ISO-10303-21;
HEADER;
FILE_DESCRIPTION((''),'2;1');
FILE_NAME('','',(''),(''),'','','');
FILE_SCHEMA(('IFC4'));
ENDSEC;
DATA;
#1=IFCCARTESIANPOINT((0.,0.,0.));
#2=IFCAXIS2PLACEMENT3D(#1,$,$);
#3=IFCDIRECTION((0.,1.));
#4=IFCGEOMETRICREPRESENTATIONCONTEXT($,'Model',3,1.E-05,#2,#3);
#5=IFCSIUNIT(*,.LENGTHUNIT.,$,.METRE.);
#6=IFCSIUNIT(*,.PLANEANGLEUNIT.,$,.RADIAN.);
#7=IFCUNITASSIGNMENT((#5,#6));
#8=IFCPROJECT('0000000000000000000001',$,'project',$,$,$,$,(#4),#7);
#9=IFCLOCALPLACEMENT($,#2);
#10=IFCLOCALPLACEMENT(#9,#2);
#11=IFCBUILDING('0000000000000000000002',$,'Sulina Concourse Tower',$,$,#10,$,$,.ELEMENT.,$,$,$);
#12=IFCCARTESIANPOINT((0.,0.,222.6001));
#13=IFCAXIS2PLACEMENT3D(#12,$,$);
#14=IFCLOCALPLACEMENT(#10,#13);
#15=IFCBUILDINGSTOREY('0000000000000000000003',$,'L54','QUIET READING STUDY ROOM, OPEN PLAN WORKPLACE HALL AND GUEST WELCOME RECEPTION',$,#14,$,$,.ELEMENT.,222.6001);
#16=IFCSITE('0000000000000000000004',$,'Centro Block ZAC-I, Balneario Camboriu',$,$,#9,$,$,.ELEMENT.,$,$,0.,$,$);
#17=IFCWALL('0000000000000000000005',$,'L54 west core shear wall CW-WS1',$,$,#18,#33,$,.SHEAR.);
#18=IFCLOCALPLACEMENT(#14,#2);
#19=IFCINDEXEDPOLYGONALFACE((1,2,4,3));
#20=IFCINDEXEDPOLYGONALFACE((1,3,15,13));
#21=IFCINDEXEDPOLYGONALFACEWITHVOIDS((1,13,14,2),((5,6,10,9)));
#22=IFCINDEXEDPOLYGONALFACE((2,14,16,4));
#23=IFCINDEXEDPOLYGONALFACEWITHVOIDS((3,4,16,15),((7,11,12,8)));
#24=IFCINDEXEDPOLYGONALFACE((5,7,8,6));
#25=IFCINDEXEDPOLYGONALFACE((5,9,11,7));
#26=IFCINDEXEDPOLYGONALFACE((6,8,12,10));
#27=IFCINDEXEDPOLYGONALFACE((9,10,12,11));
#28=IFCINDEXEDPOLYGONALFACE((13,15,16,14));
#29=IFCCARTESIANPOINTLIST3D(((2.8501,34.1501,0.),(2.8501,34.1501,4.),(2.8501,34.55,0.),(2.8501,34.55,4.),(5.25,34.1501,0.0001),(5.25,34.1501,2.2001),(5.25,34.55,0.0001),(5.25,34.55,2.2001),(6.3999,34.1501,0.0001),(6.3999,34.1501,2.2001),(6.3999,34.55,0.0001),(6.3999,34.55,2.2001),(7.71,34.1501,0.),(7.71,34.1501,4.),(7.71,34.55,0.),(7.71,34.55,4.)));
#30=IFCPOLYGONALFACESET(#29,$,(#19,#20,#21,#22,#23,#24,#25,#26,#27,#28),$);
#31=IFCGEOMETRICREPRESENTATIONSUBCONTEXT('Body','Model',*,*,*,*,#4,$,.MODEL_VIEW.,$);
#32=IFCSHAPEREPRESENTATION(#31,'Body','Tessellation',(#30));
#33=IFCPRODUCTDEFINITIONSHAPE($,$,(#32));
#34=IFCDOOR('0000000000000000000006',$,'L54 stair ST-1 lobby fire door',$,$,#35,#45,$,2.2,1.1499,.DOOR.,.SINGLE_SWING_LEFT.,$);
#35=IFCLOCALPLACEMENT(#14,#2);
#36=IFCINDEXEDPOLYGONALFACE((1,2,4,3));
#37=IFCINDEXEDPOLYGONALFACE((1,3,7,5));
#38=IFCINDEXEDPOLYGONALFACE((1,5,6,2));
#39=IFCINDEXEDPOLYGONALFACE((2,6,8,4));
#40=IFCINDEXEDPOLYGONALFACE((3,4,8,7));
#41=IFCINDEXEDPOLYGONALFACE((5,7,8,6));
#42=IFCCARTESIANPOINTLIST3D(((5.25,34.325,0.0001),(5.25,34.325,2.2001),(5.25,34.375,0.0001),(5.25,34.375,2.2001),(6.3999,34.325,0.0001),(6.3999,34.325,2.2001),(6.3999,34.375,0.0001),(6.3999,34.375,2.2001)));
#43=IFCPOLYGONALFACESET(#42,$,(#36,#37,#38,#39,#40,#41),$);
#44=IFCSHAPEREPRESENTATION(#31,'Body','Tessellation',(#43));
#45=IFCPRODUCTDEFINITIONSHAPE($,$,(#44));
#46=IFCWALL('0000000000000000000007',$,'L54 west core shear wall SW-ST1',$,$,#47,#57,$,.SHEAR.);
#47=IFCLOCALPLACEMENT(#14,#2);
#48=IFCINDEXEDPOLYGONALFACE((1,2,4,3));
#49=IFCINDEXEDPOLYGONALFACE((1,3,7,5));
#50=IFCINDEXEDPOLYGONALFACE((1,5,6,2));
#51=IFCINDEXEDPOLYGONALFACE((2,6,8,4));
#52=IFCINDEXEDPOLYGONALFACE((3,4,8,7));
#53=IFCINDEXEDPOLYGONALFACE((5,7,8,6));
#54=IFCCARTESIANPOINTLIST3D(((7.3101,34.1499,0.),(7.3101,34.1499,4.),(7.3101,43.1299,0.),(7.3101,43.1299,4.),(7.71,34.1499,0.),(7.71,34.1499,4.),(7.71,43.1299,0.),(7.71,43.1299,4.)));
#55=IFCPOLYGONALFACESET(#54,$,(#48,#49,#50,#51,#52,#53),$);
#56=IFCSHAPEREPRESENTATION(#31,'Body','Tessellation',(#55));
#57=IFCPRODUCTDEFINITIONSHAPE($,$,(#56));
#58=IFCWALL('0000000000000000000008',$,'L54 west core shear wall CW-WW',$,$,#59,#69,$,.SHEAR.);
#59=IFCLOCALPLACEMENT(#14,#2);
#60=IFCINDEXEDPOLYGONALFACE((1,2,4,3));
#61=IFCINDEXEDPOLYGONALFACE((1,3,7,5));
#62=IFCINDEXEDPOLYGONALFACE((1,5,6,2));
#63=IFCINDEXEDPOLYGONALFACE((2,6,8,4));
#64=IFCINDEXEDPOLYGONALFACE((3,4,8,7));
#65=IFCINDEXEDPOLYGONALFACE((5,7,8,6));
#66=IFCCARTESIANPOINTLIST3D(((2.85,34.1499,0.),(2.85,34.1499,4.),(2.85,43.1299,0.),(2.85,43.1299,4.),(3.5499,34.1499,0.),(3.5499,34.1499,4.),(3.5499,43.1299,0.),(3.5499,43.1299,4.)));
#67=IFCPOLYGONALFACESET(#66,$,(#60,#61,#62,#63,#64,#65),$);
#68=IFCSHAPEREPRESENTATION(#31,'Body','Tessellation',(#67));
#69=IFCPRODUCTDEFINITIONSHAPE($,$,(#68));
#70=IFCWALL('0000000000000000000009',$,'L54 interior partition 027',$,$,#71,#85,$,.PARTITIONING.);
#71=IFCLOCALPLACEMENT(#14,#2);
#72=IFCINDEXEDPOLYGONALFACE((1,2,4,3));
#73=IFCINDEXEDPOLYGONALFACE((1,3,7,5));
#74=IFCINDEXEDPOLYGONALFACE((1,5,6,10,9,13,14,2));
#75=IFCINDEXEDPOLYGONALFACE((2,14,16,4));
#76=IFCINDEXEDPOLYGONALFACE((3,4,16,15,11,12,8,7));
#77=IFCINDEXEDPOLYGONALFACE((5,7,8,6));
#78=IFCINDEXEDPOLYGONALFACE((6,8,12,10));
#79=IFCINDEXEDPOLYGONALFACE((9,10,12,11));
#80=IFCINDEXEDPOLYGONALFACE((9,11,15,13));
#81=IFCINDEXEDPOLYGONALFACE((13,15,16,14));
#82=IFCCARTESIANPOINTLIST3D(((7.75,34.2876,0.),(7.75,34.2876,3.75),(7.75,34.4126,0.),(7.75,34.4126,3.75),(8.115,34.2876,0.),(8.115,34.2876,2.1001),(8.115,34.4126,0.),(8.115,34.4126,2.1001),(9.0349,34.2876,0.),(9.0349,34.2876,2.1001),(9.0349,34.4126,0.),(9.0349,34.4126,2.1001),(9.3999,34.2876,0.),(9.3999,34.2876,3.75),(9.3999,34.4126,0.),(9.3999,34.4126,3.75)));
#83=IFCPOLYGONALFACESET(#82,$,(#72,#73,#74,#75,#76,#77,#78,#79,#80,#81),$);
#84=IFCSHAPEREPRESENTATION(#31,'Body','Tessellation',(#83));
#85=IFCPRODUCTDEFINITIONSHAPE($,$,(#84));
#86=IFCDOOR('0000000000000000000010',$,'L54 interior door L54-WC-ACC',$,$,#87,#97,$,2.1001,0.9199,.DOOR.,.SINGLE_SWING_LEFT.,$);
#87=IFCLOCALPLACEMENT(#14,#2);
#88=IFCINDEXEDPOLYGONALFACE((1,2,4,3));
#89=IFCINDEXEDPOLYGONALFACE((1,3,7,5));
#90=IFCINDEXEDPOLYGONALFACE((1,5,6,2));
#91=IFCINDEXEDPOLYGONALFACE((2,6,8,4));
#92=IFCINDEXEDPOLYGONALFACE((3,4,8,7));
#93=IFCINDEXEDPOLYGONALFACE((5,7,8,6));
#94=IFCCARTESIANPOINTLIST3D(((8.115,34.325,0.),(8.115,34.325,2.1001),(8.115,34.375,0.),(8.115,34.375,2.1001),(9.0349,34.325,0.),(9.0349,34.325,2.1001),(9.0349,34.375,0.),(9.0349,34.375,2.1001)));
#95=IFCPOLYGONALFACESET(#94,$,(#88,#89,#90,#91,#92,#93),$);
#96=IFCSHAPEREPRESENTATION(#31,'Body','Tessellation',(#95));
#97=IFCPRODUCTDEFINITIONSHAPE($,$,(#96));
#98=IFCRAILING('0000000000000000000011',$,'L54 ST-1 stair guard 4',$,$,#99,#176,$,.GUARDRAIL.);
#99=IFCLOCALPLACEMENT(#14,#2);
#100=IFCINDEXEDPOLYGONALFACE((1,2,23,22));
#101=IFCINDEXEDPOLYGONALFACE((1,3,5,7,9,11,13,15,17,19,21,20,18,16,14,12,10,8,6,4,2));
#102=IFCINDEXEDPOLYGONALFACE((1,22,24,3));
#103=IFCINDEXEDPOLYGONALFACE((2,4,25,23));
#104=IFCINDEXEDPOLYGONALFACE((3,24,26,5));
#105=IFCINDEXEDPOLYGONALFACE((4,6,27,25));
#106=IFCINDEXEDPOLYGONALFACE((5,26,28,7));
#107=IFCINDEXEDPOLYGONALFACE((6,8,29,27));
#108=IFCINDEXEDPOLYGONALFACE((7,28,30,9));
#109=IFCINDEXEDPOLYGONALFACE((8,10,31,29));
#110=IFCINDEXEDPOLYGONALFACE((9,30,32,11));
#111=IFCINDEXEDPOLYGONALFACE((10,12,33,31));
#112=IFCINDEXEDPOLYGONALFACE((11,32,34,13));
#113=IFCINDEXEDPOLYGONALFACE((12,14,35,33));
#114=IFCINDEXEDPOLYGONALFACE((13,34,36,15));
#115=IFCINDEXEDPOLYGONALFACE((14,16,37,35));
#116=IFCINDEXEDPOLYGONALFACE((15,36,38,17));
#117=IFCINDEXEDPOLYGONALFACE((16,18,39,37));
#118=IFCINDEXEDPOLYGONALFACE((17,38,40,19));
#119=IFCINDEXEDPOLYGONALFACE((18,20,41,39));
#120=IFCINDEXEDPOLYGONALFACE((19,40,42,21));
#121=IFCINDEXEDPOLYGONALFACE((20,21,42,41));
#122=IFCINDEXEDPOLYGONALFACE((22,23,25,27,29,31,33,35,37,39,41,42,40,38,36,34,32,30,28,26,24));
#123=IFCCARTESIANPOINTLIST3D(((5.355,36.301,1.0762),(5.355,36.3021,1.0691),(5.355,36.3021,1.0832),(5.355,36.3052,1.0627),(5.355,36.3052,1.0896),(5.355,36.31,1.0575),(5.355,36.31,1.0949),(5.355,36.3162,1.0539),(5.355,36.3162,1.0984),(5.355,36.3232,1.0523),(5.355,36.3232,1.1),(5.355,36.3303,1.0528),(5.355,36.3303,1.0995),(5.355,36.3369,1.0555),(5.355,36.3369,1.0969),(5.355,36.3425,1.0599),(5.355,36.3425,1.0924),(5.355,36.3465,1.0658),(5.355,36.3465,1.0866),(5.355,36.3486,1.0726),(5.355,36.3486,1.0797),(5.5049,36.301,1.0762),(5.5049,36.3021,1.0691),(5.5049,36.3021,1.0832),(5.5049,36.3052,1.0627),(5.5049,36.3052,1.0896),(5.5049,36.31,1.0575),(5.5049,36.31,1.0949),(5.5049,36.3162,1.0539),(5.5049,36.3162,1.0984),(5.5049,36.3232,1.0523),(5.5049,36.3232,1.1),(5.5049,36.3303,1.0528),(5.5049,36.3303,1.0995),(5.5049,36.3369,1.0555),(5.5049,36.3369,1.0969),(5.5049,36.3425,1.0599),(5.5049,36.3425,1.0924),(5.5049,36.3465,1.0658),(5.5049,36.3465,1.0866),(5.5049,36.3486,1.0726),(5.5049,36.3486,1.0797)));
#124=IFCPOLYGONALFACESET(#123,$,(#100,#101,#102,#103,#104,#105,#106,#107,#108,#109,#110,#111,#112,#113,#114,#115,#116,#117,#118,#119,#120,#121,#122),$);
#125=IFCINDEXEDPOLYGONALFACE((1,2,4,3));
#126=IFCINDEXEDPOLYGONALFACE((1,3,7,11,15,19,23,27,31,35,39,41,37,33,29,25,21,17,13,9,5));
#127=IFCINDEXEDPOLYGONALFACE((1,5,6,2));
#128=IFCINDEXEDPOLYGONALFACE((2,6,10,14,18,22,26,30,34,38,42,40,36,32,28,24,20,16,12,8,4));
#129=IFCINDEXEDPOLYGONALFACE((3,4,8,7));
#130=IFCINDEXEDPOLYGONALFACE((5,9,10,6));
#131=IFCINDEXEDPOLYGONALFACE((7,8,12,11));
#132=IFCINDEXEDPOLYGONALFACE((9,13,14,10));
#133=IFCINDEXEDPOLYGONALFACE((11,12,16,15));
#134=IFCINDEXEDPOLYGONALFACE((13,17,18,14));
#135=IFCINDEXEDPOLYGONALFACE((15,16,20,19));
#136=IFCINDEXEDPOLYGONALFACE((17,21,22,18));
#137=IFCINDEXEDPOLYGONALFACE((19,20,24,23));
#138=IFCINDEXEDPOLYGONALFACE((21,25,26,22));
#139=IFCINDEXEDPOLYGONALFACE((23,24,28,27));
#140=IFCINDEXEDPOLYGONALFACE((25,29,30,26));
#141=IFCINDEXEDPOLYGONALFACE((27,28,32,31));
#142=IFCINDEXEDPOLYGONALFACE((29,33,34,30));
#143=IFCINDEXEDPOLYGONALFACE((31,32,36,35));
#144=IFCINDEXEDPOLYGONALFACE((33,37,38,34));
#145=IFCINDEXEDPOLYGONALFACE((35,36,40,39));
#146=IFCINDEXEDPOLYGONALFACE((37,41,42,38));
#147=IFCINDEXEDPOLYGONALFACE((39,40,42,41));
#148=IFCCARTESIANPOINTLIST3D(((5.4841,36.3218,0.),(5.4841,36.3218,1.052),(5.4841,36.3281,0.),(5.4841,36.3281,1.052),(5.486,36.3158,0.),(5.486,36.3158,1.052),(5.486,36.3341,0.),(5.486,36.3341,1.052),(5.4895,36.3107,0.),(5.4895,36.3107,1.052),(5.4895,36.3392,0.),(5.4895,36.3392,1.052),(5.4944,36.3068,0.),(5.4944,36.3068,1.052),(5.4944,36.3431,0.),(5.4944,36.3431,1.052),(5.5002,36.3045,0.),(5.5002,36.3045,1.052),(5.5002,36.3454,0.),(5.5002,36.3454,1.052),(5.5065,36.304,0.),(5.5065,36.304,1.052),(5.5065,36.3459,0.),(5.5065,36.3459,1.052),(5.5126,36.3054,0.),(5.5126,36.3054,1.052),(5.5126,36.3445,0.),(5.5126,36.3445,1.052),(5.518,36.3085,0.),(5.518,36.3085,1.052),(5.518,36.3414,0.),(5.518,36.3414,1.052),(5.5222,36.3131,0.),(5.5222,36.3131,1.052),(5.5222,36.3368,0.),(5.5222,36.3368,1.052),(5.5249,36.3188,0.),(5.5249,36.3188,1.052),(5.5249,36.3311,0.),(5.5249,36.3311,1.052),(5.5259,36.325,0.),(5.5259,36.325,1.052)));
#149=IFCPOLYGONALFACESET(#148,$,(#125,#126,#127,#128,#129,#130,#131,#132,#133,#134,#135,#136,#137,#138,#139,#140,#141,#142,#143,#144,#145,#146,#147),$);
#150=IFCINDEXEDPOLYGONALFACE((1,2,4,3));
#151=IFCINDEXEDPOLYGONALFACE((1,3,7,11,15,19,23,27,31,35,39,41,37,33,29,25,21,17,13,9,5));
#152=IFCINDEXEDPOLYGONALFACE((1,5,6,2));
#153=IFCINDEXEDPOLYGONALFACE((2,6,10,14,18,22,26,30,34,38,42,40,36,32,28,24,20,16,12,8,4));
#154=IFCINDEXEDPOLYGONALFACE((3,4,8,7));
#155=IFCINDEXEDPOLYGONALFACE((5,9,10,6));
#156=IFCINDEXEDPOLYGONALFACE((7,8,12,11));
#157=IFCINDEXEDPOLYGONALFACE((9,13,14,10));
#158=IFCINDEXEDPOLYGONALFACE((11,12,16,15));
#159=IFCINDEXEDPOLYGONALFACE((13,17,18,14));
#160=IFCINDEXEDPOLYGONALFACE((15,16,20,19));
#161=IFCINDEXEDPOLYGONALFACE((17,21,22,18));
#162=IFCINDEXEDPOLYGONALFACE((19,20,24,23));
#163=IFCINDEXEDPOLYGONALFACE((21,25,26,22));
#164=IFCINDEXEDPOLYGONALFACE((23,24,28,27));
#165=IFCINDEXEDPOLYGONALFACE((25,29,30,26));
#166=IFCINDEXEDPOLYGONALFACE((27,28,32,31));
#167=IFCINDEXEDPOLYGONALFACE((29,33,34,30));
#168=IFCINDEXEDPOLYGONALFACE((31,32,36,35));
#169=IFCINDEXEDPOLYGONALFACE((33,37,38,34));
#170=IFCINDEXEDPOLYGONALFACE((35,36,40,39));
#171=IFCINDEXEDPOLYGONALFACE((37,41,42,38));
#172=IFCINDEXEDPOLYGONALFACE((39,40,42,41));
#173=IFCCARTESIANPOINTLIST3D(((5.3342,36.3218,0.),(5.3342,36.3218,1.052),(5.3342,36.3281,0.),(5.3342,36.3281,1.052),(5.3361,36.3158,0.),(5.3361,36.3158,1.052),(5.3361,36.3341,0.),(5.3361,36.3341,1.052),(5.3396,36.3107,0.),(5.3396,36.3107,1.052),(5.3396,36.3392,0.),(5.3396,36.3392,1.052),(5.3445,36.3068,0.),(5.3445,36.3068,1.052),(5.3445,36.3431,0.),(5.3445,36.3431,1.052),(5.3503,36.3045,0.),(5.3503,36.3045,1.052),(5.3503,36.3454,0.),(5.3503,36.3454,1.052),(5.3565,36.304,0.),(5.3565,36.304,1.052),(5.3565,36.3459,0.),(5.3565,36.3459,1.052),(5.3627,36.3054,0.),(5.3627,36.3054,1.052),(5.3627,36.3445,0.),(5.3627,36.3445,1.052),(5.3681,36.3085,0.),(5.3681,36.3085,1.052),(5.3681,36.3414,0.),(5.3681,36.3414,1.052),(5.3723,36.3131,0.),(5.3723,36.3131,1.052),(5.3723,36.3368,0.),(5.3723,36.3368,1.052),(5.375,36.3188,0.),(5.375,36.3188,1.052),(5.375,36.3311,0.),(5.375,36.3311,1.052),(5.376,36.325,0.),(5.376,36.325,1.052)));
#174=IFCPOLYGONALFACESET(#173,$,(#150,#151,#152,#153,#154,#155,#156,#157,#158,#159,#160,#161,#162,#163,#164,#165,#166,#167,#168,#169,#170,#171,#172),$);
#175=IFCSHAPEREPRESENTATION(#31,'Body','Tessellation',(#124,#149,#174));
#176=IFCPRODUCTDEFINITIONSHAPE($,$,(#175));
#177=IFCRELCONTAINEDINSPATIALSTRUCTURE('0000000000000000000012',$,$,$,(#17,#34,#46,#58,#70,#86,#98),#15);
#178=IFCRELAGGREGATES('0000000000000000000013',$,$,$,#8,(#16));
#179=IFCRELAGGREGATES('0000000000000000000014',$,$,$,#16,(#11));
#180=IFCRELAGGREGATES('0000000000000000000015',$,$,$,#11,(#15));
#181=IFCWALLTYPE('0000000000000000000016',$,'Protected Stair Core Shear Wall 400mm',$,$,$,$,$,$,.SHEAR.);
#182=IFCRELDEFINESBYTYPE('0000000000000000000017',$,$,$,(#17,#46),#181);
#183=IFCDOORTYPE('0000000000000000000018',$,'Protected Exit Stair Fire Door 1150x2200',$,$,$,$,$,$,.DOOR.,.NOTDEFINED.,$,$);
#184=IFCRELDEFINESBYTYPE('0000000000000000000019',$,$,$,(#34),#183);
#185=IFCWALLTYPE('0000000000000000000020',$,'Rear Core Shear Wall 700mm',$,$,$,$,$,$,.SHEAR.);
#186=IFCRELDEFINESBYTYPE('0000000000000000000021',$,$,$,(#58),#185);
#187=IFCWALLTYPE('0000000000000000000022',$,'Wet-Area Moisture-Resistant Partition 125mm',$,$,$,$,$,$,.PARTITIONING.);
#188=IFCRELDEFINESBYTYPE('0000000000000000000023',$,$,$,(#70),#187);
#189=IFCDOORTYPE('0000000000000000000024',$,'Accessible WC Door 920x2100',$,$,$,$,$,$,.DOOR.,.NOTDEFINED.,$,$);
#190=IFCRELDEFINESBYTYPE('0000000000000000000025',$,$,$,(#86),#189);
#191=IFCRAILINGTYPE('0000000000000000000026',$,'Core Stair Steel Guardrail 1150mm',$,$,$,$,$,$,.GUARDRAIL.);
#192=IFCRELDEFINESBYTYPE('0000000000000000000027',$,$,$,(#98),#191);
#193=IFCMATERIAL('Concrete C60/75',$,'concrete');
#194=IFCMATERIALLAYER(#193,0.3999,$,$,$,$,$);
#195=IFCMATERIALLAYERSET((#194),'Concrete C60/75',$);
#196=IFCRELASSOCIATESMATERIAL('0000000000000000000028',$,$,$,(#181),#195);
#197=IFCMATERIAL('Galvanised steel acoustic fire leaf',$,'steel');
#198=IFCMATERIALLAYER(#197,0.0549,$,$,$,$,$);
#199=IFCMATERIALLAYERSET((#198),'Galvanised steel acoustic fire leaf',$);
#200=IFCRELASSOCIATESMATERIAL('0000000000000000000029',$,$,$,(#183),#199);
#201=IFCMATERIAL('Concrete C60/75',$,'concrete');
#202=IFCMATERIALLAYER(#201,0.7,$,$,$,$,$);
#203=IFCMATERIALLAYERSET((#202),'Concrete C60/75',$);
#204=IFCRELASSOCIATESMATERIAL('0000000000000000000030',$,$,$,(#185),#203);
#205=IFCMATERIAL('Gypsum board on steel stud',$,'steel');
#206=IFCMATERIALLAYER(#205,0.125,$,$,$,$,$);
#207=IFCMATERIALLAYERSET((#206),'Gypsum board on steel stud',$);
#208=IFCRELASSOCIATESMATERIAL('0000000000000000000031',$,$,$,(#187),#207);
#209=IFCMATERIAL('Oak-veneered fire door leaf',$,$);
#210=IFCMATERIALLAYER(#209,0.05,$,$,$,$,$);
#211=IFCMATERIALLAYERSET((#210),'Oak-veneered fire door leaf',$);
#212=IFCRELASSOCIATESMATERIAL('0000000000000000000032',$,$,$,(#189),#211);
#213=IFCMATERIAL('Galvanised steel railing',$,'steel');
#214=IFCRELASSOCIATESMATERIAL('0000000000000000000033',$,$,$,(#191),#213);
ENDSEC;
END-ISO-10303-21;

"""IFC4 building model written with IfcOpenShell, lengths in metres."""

from ifc_helpers import new_model, si_unit, direction, frame, frame_2d, origin, origin_2d, place, context, subcontext, project, spatial, rectangle, circle, extrude, material, layer, layer_set, type_object, element, fill, save


model = new_model("IFC4")

# Units and contexts
model_context = context("Model", 3, precision=1e-05, world=origin(), true_north=direction((0.0, 1.0)))
body_context = subcontext(model_context, "Body", "Model", "MODEL_VIEW")
ifc_project = project(units=[si_unit("LENGTHUNIT", "METRE"), si_unit("PLANEANGLEUNIT", "RADIAN")], contexts=[model_context])

# Site, building, storey
site_placement = place(None, origin())
site = spatial("IfcSite", under=ifc_project, at=site_placement, Name="Centro Block ZAC-I, Balneario Camboriu", CompositionType="ELEMENT", RefElevation=0.0)
building_placement = place(site_placement, origin())
building = spatial("IfcBuilding", under=site, at=building_placement, Name="Sulina Concourse Tower", CompositionType="ELEMENT")
storey_placement = place(building_placement, frame((0.0, 0.0, 222.6001)))
storey = spatial("IfcBuildingStorey", under=building, at=storey_placement, Name="L54", Description="QUIET READING STUDY ROOM, OPEN PLAN WORKPLACE HALL AND GUEST WELCOME RECEPTION", CompositionType="ELEMENT", Elevation=222.6001)

# Wall, opening, door
ifc_material_1 = material(Name="Concrete C60/75", Category="concrete")
ifc_layer_1 = layer(ifc_material_1, 0.3999)
ifc_layer_set_1 = layer_set([ifc_layer_1], Name="Concrete C60/75")
wall_type_1 = type_object("IfcWallType", Name="Protected Stair Core Shear Wall 400mm", PredefinedType="SHEAR", material=ifc_layer_set_1)
wall_1_placement = place(storey_placement, frame((2.8501, 34.3501, 0.0), z_axis=(0.0, 0.0, 1.0), x_axis=(1.0, 0.0, 0.0)))
wall_1 = element("IfcWall", 1, at=wall_1_placement, inside=storey, type_object=wall_type_1, Name="L54 west core shear wall CW-WS1", PredefinedType="SHEAR", context=body_context, shape_type="SweptSolid", body=[
    extrude(rectangle(XDim=4.8599, YDim=0.3999, at=frame_2d((2.4299, 0.0))), origin(), (0.0, 0.0, 1.0), 4.0),
])
opening_1_placement = place(wall_1_placement, frame((2.3999, 0.0, 0.0)))
opening_1 = element("IfcOpeningElement", 2, at=opening_1_placement, cuts=wall_1, PredefinedType="OPENING", context=body_context, shape_type="SweptSolid", body=[
    extrude(rectangle(XDim=1.1499, YDim=2.2, at=frame_2d((0.575, 1.1001))), frame((0.0, 0.21, 0.0), z_axis=(0.0, -1.0, 0.0), x_axis=(1.0, 0.0, 0.0)), (0.0, 0.0, 1.0), 0.4199),
])
ifc_material_2 = material(Name="Galvanised steel acoustic fire leaf", Category="steel")
ifc_layer_2 = layer(ifc_material_2, 0.0549)
ifc_layer_set_2 = layer_set([ifc_layer_2], Name="Galvanised steel acoustic fire leaf")
door_type_1 = type_object("IfcDoorType", Name="Protected Exit Stair Fire Door 1150x2200", OperationType="NOTDEFINED", PredefinedType="DOOR", material=ifc_layer_set_2)
door_1_placement = place(opening_1_placement, origin())
door_1 = element("IfcDoor", 3, at=door_1_placement, inside=storey, type_object=door_type_1, Name="L54 stair ST-1 lobby fire door", OperationType="SINGLE_SWING_LEFT", OverallHeight=2.2, OverallWidth=1.1499, PredefinedType="DOOR", context=body_context, shape_type="SweptSolid", body=[
    extrude(rectangle(XDim=1.1499, YDim=2.2, at=frame_2d((0.575, 1.1001))), frame((0.0, 0.0249, 0.0), z_axis=(0.0, -1.0, 0.0), x_axis=(1.0, 0.0, 0.0)), (0.0, 0.0, 1.0), 0.05),
])
fill(opening_1, door_1)

# Walls
wall_2_placement = place(storey_placement, frame((7.51, 34.1499, 0.0), z_axis=(0.0, 0.0, 1.0), x_axis=(0.0, 1.0, 0.0)))
element("IfcWall", 4, at=wall_2_placement, inside=storey, type_object=wall_type_1, Name="L54 west core shear wall SW-ST1", PredefinedType="SHEAR", context=body_context, shape_type="SweptSolid", body=[
    extrude(rectangle(XDim=8.98, YDim=0.3999, at=frame_2d((4.49, 0.0))), origin(), (0.0, 0.0, 1.0), 4.0),
])
ifc_material_3 = material(Name="Concrete C60/75", Category="concrete")
ifc_layer_3 = layer(ifc_material_3, 0.7)
ifc_layer_set_3 = layer_set([ifc_layer_3], Name="Concrete C60/75")
wall_type_2 = type_object("IfcWallType", Name="Rear Core Shear Wall 700mm", PredefinedType="SHEAR", material=ifc_layer_set_3)
wall_3_placement = place(storey_placement, frame((3.2, 34.1499, 0.0), z_axis=(0.0, 0.0, 1.0), x_axis=(0.0, 1.0, 0.0)))
element("IfcWall", 5, at=wall_3_placement, inside=storey, type_object=wall_type_2, Name="L54 west core shear wall CW-WW", PredefinedType="SHEAR", context=body_context, shape_type="SweptSolid", body=[
    extrude(rectangle(XDim=8.98, YDim=0.7, at=frame_2d((4.49, 0.0))), origin(), (0.0, 0.0, 1.0), 4.0),
])

# Wall, opening, door
ifc_material_4 = material(Name="Gypsum board on steel stud", Category="steel")
ifc_layer_4 = layer(ifc_material_4, 0.125)
ifc_layer_set_4 = layer_set([ifc_layer_4], Name="Gypsum board on steel stud")
wall_type_3 = type_object("IfcWallType", Name="Wet-Area Moisture-Resistant Partition 125mm", PredefinedType="PARTITIONING", material=ifc_layer_set_4)
wall_4_placement = place(storey_placement, frame((7.75, 34.3501, 0.0), z_axis=(0.0, 0.0, 1.0), x_axis=(1.0, 0.0, 0.0)))
wall_4 = element("IfcWall", 6, at=wall_4_placement, inside=storey, type_object=wall_type_3, Name="L54 interior partition 027", PredefinedType="PARTITIONING", context=body_context, shape_type="SweptSolid", body=[
    extrude(rectangle(XDim=1.6499, YDim=0.125, at=frame_2d((0.825, 0.0))), origin(), (0.0, 0.0, 1.0), 3.75),
])
opening_2_placement = place(wall_4_placement, frame((0.365, 0.0, 0.0)))
opening_2 = element("IfcOpeningElement", 7, at=opening_2_placement, cuts=wall_4, PredefinedType="OPENING", context=body_context, shape_type="SweptSolid", body=[
    extrude(rectangle(XDim=0.9199, YDim=2.1001, at=frame_2d((0.46, 1.05))), frame((0.0, 0.0725, 0.0), z_axis=(0.0, -1.0, 0.0), x_axis=(1.0, 0.0, 0.0)), (0.0, 0.0, 1.0), 0.145),
])
ifc_material_5 = material(Name="Oak-veneered fire door leaf")
ifc_layer_5 = layer(ifc_material_5, 0.05)
ifc_layer_set_5 = layer_set([ifc_layer_5], Name="Oak-veneered fire door leaf")
door_type_2 = type_object("IfcDoorType", Name="Accessible WC Door 920x2100", OperationType="NOTDEFINED", PredefinedType="DOOR", material=ifc_layer_set_5)
door_2_placement = place(opening_2_placement, origin())
door_2 = element("IfcDoor", 8, at=door_2_placement, inside=storey, type_object=door_type_2, Name="L54 interior door L54-WC-ACC", OperationType="SINGLE_SWING_LEFT", OverallHeight=2.1001, OverallWidth=0.9199, PredefinedType="DOOR", context=body_context, shape_type="SweptSolid", body=[
    extrude(rectangle(XDim=0.9199, YDim=2.1001, at=frame_2d((0.46, 1.05))), frame((0.0, 0.0249, 0.0), z_axis=(0.0, -1.0, 0.0), x_axis=(1.0, 0.0, 0.0)), (0.0, 0.0, 1.0), 0.05),
])
fill(opening_2, door_2)

# Railing
ifc_material_6 = material(Name="Galvanised steel railing", Category="steel")
railing_type = type_object("IfcRailingType", Name="Core Stair Steel Guardrail 1150mm", PredefinedType="GUARDRAIL", material=ifc_material_6)
railing_placement = place(storey_placement, frame((5.5049, 36.325, 0.0)))
element("IfcRailing", 9, at=railing_placement, inside=storey, type_object=railing_type, Name="L54 ST-1 stair guard 4", PredefinedType="GUARDRAIL", context=body_context, shape_type="SweptSolid", body=[
    extrude(circle(Radius=0.0239, at=origin_2d()), frame((0.0, 0.0, 1.0762), z_axis=(-1.0, 0.0, 0.0), x_axis=(0.0, -1.0, 0.0)), (0.0, 0.0, 1.0), 0.1499),
    extrude(circle(Radius=0.021, at=origin_2d()), origin(), (0.0, 0.0, 1.0), 1.052),
    extrude(circle(Radius=0.021, at=origin_2d()), frame((-0.1499, 0.0, 0.0)), (0.0, 0.0, 1.0), 1.052),
])

save(model, "model.ifc")
